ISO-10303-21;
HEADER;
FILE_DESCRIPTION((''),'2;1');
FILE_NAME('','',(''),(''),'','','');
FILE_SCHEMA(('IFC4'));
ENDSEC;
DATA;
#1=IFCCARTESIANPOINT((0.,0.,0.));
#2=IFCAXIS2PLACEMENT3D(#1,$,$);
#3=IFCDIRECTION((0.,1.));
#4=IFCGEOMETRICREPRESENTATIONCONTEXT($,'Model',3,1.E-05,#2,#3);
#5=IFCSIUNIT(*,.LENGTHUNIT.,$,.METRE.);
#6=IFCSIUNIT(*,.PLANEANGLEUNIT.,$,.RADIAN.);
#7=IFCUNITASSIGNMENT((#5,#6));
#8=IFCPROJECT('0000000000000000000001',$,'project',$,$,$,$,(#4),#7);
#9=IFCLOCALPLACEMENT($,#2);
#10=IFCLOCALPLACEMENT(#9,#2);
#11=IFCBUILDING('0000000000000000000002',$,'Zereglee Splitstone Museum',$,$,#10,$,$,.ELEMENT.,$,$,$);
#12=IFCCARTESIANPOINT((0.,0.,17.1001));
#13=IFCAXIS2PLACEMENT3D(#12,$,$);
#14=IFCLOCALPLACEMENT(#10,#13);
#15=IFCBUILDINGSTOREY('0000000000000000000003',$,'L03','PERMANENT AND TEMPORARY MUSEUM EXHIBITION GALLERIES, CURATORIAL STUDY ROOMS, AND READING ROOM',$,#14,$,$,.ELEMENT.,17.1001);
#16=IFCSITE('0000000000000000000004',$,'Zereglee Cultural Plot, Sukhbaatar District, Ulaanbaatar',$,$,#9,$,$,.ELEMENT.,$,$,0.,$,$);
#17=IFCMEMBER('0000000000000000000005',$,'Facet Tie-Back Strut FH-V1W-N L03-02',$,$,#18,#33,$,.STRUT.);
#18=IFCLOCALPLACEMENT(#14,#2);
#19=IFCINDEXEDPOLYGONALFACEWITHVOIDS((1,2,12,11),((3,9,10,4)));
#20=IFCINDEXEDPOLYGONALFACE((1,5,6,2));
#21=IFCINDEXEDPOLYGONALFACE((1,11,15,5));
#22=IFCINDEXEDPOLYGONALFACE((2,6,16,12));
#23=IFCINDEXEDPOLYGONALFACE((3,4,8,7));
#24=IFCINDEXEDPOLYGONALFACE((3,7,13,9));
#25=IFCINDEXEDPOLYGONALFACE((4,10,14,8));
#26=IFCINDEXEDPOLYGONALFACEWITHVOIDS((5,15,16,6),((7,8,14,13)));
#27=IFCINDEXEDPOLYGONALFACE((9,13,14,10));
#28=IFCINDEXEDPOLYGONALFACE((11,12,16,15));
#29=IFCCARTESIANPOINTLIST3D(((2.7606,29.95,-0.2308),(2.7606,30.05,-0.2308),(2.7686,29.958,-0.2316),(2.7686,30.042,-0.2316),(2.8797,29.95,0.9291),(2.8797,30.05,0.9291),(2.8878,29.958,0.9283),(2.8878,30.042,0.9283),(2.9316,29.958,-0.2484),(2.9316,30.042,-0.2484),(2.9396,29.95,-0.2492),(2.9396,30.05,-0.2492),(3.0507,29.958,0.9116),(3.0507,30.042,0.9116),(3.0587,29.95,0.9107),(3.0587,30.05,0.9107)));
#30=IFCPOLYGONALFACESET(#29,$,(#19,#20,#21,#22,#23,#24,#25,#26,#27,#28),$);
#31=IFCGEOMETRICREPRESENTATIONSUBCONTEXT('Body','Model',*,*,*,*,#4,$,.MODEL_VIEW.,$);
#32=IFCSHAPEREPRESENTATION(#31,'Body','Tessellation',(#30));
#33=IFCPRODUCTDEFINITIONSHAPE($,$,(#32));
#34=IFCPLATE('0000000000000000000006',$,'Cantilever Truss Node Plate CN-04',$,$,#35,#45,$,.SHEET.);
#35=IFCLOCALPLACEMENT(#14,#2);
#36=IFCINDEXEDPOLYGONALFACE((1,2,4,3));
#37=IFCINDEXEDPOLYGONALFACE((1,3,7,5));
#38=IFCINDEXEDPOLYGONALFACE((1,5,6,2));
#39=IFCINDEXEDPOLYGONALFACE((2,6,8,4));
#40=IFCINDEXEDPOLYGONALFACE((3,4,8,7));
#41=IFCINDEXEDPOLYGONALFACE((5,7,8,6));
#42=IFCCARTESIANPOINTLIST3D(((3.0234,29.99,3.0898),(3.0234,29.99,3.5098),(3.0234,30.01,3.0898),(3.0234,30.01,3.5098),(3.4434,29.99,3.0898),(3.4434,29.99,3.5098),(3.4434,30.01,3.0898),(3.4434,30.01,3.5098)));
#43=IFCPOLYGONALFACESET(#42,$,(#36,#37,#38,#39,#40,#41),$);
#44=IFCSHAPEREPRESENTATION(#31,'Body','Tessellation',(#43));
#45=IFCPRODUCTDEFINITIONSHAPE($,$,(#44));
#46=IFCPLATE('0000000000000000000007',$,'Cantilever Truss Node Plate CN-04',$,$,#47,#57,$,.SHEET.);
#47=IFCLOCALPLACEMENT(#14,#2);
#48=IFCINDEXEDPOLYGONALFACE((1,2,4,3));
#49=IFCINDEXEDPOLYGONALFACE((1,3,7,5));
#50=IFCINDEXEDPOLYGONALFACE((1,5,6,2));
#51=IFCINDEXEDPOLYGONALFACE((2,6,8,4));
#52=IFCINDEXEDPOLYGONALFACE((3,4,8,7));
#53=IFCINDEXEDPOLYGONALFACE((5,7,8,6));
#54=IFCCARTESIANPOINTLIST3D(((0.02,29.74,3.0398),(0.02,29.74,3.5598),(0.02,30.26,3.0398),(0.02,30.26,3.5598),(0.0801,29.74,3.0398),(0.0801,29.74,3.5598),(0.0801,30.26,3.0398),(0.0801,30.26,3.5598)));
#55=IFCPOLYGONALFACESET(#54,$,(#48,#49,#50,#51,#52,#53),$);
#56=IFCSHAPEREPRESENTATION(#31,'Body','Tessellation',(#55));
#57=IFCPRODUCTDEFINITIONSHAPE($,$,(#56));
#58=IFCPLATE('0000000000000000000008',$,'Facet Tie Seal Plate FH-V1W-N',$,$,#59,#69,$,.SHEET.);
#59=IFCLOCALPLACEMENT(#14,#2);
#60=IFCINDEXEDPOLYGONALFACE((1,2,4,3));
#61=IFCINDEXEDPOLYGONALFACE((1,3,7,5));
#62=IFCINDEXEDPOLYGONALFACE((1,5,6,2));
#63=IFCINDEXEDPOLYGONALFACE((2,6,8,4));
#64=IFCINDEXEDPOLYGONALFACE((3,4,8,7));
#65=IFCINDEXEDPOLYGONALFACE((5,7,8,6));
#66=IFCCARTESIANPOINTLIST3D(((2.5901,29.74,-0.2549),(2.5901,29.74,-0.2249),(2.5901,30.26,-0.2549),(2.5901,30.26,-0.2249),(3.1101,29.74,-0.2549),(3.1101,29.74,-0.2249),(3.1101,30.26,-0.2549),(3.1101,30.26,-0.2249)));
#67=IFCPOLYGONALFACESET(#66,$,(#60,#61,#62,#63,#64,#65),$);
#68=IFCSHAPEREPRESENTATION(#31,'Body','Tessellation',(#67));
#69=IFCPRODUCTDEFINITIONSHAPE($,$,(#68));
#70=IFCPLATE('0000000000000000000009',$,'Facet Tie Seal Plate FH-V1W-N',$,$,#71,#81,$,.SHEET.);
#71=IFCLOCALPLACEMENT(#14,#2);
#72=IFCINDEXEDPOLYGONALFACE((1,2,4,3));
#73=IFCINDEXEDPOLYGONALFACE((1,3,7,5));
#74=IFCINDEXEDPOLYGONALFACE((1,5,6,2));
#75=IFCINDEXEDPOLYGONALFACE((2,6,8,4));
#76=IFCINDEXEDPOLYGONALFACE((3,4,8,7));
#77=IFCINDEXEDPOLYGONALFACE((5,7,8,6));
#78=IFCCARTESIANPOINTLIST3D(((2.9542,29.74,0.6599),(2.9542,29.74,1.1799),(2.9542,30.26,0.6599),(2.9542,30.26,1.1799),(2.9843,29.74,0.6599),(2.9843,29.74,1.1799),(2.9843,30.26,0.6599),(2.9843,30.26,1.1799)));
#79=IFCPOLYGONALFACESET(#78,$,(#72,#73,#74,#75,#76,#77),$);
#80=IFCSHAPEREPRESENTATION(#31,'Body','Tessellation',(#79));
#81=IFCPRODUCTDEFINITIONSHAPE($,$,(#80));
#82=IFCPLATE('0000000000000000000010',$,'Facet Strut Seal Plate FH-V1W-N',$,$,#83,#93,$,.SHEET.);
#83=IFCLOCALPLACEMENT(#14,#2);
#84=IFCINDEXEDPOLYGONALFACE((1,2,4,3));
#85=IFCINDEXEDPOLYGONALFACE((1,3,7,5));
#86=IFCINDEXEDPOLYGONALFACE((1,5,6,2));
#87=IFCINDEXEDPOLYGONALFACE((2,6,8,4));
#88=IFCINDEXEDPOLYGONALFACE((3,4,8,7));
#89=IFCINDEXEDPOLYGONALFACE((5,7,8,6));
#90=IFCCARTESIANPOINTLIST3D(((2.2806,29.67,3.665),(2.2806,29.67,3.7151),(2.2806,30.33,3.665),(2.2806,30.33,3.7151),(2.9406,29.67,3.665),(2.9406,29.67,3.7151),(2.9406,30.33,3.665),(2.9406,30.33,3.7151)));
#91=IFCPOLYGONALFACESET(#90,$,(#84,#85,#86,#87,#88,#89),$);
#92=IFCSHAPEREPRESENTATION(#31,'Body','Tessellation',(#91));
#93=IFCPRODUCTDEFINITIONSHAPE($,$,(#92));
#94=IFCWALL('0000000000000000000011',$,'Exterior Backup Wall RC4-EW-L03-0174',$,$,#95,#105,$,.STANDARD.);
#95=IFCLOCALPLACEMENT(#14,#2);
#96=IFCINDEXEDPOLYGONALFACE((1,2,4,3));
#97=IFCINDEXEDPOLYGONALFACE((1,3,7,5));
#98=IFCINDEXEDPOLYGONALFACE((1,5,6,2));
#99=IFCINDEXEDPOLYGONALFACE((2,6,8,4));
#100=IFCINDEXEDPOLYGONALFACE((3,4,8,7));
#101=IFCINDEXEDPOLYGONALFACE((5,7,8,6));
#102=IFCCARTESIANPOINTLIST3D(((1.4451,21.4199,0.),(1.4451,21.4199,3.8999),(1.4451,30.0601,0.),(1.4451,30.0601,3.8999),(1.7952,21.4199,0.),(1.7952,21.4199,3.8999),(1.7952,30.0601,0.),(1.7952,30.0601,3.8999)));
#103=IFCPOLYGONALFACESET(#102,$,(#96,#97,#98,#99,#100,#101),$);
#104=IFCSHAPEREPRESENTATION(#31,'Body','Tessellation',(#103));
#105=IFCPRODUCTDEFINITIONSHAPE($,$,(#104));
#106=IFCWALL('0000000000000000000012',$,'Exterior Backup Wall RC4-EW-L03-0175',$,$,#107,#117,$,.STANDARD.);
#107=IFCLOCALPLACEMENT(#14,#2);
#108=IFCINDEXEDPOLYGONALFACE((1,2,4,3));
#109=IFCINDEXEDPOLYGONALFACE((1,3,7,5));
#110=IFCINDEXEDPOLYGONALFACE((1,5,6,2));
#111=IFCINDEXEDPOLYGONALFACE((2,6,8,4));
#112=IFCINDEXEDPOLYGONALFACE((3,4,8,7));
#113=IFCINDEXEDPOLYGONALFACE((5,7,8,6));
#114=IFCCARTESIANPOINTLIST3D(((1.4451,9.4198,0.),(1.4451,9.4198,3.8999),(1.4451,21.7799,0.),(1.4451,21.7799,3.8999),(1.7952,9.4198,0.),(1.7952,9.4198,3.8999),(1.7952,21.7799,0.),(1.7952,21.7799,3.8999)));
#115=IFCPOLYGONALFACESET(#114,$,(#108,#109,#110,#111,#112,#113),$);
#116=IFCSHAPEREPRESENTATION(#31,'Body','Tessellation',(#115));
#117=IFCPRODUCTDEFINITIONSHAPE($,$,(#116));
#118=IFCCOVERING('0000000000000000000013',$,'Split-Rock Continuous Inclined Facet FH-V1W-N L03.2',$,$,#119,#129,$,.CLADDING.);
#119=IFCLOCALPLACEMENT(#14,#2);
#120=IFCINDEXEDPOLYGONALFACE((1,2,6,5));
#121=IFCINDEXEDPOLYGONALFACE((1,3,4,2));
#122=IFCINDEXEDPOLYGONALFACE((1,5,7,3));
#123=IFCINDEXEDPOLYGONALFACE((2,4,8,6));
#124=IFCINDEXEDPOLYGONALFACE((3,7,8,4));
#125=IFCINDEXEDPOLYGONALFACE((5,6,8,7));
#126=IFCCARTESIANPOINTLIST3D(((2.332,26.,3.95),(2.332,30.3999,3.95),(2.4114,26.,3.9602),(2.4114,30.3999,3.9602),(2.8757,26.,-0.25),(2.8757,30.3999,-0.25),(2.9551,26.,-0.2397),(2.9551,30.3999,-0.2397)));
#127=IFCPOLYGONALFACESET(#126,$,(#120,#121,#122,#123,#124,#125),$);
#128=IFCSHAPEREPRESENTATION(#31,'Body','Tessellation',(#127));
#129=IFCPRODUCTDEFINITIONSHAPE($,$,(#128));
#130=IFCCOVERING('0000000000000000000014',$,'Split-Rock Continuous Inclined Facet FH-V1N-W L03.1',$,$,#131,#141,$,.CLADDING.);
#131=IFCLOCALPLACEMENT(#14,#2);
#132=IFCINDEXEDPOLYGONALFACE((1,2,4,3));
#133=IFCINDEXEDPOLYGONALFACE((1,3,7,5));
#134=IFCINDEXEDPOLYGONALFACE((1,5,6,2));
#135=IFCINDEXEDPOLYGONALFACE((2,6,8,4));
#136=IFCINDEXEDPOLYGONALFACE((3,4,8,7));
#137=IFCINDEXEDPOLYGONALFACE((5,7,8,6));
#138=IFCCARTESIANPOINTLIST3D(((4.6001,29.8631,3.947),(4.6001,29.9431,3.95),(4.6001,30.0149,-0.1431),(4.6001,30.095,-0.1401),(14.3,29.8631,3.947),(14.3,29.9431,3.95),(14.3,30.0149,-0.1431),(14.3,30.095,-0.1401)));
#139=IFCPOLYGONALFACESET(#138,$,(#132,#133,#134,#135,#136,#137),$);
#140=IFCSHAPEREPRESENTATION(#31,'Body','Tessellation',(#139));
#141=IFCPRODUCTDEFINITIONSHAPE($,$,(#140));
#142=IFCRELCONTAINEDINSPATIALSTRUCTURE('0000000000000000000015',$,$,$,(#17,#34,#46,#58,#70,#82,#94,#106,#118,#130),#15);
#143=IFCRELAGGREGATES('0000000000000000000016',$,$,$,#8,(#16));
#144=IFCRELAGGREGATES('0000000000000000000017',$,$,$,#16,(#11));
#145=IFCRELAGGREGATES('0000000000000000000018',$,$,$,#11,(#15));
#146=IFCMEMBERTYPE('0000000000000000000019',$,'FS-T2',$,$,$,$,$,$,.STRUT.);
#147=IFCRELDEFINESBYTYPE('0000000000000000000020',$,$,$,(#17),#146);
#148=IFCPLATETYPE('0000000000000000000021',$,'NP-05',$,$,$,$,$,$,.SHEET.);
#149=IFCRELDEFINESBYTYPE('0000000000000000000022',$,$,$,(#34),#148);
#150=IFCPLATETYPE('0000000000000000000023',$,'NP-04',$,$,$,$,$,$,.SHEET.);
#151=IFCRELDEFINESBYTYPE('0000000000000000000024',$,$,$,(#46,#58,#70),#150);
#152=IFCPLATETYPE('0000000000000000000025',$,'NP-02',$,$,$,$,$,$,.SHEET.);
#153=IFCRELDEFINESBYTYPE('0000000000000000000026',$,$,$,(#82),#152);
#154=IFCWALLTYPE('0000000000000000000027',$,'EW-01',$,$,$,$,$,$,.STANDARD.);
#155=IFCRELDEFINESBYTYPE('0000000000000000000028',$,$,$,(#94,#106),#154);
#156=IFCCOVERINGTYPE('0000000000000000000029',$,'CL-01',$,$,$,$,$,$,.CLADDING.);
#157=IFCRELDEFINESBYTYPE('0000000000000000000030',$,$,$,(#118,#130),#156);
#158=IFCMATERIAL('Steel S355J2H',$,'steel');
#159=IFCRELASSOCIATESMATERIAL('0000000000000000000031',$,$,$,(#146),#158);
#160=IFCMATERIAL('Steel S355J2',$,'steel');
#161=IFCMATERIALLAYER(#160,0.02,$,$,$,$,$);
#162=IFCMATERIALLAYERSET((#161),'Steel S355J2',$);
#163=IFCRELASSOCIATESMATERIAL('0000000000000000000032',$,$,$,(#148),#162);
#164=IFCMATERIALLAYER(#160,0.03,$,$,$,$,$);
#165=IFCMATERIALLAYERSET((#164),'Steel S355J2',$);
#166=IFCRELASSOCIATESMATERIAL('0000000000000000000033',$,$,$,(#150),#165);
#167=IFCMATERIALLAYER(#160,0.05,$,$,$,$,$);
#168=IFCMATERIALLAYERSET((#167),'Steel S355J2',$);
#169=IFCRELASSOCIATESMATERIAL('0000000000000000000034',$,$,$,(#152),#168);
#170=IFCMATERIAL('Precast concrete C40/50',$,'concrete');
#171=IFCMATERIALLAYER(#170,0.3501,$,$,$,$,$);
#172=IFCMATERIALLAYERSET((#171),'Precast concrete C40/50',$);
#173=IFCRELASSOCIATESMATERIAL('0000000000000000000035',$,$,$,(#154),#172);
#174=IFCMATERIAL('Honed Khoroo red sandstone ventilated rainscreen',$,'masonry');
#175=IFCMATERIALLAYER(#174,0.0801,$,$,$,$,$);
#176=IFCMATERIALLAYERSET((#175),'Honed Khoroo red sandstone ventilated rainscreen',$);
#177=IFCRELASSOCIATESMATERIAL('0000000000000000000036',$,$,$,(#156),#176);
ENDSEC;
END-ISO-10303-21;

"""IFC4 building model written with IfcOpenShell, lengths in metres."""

from ifc_helpers import new_model, si_unit, direction, frame, frame_2d, origin, origin_2d, place, context, subcontext, project, spatial, polyline, rectangle, hollow_rectangle, outline, extrude, material, layer, layer_set, material_profile, profile_set, type_object, element, save


model = new_model("IFC4")

# Units and contexts
model_context = context("Model", 3, precision=1e-05, world=origin(), true_north=direction((0.0, 1.0)))
body_context = subcontext(model_context, "Body", "Model", "MODEL_VIEW")
ifc_project = project(units=[si_unit("LENGTHUNIT", "METRE"), si_unit("PLANEANGLEUNIT", "RADIAN")], contexts=[model_context])

# Site, building, storey
site_placement = place(None, origin())
site = spatial("IfcSite", under=ifc_project, at=site_placement, Name="Zereglee Cultural Plot, Sukhbaatar District, Ulaanbaatar", CompositionType="ELEMENT", RefElevation=0.0)
building_placement = place(site_placement, origin())
building = spatial("IfcBuilding", under=site, at=building_placement, Name="Zereglee Splitstone Museum", CompositionType="ELEMENT")
storey_placement = place(building_placement, frame((0.0, 0.0, 17.1001)))
storey = spatial("IfcBuildingStorey", under=building, at=storey_placement, Name="L03", Description="PERMANENT AND TEMPORARY MUSEUM EXHIBITION GALLERIES, CURATORIAL STUDY ROOMS, AND READING ROOM", CompositionType="ELEMENT", Elevation=17.1001)

# Shared definitions
ifc_material_1 = material(Name="Steel S355J2H", Category="steel")
ifc_material_2 = material(Name="Steel S355J2", Category="steel")

# Member
ifc_material_profile_1 = material_profile(ifc_material_1, hollow_rectangle(XDim=0.1001, YDim=0.1799, WallThickness=0.0081, at=origin_2d()), Name="RHS 180x100x8")
ifc_profile_set_1 = profile_set([ifc_material_profile_1], Name="Steel S355J2H")
member_type_1 = type_object("IfcMemberType", Name="FS-T2", PredefinedType="STRUT", material=ifc_profile_set_1)
member_1_placement = place(storey_placement, frame((2.8501, 30.0, -0.24), z_axis=(0.102178, 0.0, 0.994766), x_axis=(0.0, 1.0, 0.0)))
element("IfcMember", 1, at=member_1_placement, inside=storey, type_object=member_type_1, Name="Facet Tie-Back Strut FH-V1W-N L03-02", PredefinedType="STRUT", context=body_context, shape_type="SweptSolid", body=[
    extrude(hollow_rectangle(XDim=0.1001, YDim=0.1799, WallThickness=0.0081, at=origin_2d()), origin(), (0.0, 0.0, 1.0), 1.166),
])

# Plates
ifc_layer_1 = layer(ifc_material_2, 0.02)
ifc_layer_set_1 = layer_set([ifc_layer_1], Name="Steel S355J2")
plate_type_1 = type_object("IfcPlateType", Name="NP-05", PredefinedType="SHEET", material=ifc_layer_set_1)
plate_1_placement = place(storey_placement, frame((3.2334, 30.0, 3.0898), z_axis=(0.0, 0.0, 1.0), x_axis=(1.0, 0.0, 0.0)))
element("IfcPlate", 2, at=plate_1_placement, inside=storey, type_object=plate_type_1, Name="Cantilever Truss Node Plate CN-04", PredefinedType="SHEET", context=body_context, shape_type="SweptSolid", body=[
    extrude(rectangle(XDim=0.4199, YDim=0.02, at=origin_2d()), origin(), (0.0, 0.0, 1.0), 0.4199),
])
ifc_layer_2 = layer(ifc_material_2, 0.03)
ifc_layer_set_2 = layer_set([ifc_layer_2], Name="Steel S355J2")
plate_type_2 = type_object("IfcPlateType", Name="NP-04", PredefinedType="SHEET", material=ifc_layer_set_2)
plate_2_placement = place(storey_placement, frame((0.05, 30.0, 3.0398), z_axis=(0.0, 0.0, 1.0), x_axis=(1.0, 0.0, 0.0)))
element("IfcPlate", 3, at=plate_2_placement, inside=storey, type_object=plate_type_2, Name="Cantilever Truss Node Plate CN-04", PredefinedType="SHEET", context=body_context, shape_type="SweptSolid", body=[
    extrude(rectangle(XDim=0.0601, YDim=0.52, at=origin_2d()), origin(), (0.0, 0.0, 1.0), 0.52),
])
plate_3_placement = place(storey_placement, frame((2.8501, 30.0, -0.2549), z_axis=(0.0, 0.0, 1.0), x_axis=(1.0, 0.0, 0.0)))
element("IfcPlate", 4, at=plate_3_placement, inside=storey, type_object=plate_type_2, Name="Facet Tie Seal Plate FH-V1W-N", PredefinedType="SHEET", context=body_context, shape_type="SweptSolid", body=[
    extrude(rectangle(XDim=0.52, YDim=0.52, at=origin_2d()), origin(), (0.0, 0.0, 1.0), 0.03),
])
plate_4_placement = place(storey_placement, frame((2.9692, 30.0, 0.6599), z_axis=(0.0, 0.0, 1.0), x_axis=(1.0, 0.0, 0.0)))
element("IfcPlate", 5, at=plate_4_placement, inside=storey, type_object=plate_type_2, Name="Facet Tie Seal Plate FH-V1W-N", PredefinedType="SHEET", context=body_context, shape_type="SweptSolid", body=[
    extrude(rectangle(XDim=0.03, YDim=0.52, at=origin_2d()), origin(), (0.0, 0.0, 1.0), 0.52),
])
ifc_layer_3 = layer(ifc_material_2, 0.05)
ifc_layer_set_3 = layer_set([ifc_layer_3], Name="Steel S355J2")
plate_type_3 = type_object("IfcPlateType", Name="NP-02", PredefinedType="SHEET", material=ifc_layer_set_3)
plate_5_placement = place(storey_placement, frame((2.6106, 30.0, 3.665), z_axis=(0.0, 0.0, 1.0), x_axis=(1.0, 0.0, 0.0)))
element("IfcPlate", 6, at=plate_5_placement, inside=storey, type_object=plate_type_3, Name="Facet Strut Seal Plate FH-V1W-N", PredefinedType="SHEET", context=body_context, shape_type="SweptSolid", body=[
    extrude(rectangle(XDim=0.6599, YDim=0.6599, at=origin_2d()), origin(), (0.0, 0.0, 1.0), 0.05),
])

# Walls
ifc_material_3 = material(Name="Precast concrete C40/50", Category="concrete")
ifc_layer_4 = layer(ifc_material_3, 0.3501)
ifc_layer_set_4 = layer_set([ifc_layer_4], Name="Precast concrete C40/50")
wall_type = type_object("IfcWallType", Name="EW-01", PredefinedType="STANDARD", material=ifc_layer_set_4)
wall_1_placement = place(storey_placement, frame((1.6201, 30.0601, 0.0), z_axis=(0.0, 0.0, 1.0), x_axis=(0.0, -1.0, 0.0)))
element("IfcWall", 7, at=wall_1_placement, inside=storey, type_object=wall_type, Name="Exterior Backup Wall RC4-EW-L03-0174", PredefinedType="STANDARD", context=body_context, shape_type="SweptSolid", body=[
    extrude(rectangle(XDim=8.6401, YDim=0.3501, at=frame_2d((4.3201, 0.0))), origin(), (0.0, 0.0, 1.0), 3.8999),
])
wall_2_placement = place(storey_placement, frame((1.6201, 21.78, 0.0), z_axis=(0.0, 0.0, 1.0), x_axis=(0.0, -1.0, 0.0)))
element("IfcWall", 8, at=wall_2_placement, inside=storey, type_object=wall_type, Name="Exterior Backup Wall RC4-EW-L03-0175", PredefinedType="STANDARD", context=body_context, shape_type="SweptSolid", body=[
    extrude(rectangle(XDim=12.3601, YDim=0.3501, at=frame_2d((6.1802, 0.0))), origin(), (0.0, 0.0, 1.0), 3.8999),
])

# Coverings
ifc_material_4 = material(Name="Honed Khoroo red sandstone ventilated rainscreen", Category="masonry")
ifc_layer_5 = layer(ifc_material_4, 0.0801)
ifc_layer_set_5 = layer_set([ifc_layer_5], Name="Honed Khoroo red sandstone ventilated rainscreen")
covering_type = type_object("IfcCoveringType", Name="CL-01", PredefinedType="CLADDING", material=ifc_layer_set_5)
covering_1_placement = place(storey_placement, frame((2.332, 26.0, 3.95), z_axis=(-0.991725, 0.0, -0.128383), x_axis=(0.0, 1.0, 0.0)))
element("IfcCovering", 9, at=covering_1_placement, inside=storey, type_object=covering_type, Name="Split-Rock Continuous Inclined Facet FH-V1W-N L03.2", PredefinedType="CLADDING", context=body_context, shape_type="SweptSolid", body=[
    extrude(outline(polyline([(0.0, 0.0), (4.3999, 0.0), (4.3999, 4.235), (0.0, 4.235), (0.0, 0.0)])), origin(), (0.0, 0.0, -1.0), 0.0801),
])
covering_2_placement = place(storey_placement, frame((4.6001, 29.9431, 3.95), z_axis=(0.0, 0.999311, 0.037102), x_axis=(1.0, 0.0, 0.0)))
element("IfcCovering", 10, at=covering_2_placement, inside=storey, type_object=covering_type, Name="Split-Rock Continuous Inclined Facet FH-V1N-W L03.1", PredefinedType="CLADDING", context=body_context, shape_type="SweptSolid", body=[
    extrude(outline(polyline([(0.0, 0.0), (9.7, 0.0), (9.7, 4.0929), (0.0, 4.0929), (0.0, 0.0)])), origin(), (0.0, 0.0, -1.0), 0.0801),
])

save(model, "model.ifc")
